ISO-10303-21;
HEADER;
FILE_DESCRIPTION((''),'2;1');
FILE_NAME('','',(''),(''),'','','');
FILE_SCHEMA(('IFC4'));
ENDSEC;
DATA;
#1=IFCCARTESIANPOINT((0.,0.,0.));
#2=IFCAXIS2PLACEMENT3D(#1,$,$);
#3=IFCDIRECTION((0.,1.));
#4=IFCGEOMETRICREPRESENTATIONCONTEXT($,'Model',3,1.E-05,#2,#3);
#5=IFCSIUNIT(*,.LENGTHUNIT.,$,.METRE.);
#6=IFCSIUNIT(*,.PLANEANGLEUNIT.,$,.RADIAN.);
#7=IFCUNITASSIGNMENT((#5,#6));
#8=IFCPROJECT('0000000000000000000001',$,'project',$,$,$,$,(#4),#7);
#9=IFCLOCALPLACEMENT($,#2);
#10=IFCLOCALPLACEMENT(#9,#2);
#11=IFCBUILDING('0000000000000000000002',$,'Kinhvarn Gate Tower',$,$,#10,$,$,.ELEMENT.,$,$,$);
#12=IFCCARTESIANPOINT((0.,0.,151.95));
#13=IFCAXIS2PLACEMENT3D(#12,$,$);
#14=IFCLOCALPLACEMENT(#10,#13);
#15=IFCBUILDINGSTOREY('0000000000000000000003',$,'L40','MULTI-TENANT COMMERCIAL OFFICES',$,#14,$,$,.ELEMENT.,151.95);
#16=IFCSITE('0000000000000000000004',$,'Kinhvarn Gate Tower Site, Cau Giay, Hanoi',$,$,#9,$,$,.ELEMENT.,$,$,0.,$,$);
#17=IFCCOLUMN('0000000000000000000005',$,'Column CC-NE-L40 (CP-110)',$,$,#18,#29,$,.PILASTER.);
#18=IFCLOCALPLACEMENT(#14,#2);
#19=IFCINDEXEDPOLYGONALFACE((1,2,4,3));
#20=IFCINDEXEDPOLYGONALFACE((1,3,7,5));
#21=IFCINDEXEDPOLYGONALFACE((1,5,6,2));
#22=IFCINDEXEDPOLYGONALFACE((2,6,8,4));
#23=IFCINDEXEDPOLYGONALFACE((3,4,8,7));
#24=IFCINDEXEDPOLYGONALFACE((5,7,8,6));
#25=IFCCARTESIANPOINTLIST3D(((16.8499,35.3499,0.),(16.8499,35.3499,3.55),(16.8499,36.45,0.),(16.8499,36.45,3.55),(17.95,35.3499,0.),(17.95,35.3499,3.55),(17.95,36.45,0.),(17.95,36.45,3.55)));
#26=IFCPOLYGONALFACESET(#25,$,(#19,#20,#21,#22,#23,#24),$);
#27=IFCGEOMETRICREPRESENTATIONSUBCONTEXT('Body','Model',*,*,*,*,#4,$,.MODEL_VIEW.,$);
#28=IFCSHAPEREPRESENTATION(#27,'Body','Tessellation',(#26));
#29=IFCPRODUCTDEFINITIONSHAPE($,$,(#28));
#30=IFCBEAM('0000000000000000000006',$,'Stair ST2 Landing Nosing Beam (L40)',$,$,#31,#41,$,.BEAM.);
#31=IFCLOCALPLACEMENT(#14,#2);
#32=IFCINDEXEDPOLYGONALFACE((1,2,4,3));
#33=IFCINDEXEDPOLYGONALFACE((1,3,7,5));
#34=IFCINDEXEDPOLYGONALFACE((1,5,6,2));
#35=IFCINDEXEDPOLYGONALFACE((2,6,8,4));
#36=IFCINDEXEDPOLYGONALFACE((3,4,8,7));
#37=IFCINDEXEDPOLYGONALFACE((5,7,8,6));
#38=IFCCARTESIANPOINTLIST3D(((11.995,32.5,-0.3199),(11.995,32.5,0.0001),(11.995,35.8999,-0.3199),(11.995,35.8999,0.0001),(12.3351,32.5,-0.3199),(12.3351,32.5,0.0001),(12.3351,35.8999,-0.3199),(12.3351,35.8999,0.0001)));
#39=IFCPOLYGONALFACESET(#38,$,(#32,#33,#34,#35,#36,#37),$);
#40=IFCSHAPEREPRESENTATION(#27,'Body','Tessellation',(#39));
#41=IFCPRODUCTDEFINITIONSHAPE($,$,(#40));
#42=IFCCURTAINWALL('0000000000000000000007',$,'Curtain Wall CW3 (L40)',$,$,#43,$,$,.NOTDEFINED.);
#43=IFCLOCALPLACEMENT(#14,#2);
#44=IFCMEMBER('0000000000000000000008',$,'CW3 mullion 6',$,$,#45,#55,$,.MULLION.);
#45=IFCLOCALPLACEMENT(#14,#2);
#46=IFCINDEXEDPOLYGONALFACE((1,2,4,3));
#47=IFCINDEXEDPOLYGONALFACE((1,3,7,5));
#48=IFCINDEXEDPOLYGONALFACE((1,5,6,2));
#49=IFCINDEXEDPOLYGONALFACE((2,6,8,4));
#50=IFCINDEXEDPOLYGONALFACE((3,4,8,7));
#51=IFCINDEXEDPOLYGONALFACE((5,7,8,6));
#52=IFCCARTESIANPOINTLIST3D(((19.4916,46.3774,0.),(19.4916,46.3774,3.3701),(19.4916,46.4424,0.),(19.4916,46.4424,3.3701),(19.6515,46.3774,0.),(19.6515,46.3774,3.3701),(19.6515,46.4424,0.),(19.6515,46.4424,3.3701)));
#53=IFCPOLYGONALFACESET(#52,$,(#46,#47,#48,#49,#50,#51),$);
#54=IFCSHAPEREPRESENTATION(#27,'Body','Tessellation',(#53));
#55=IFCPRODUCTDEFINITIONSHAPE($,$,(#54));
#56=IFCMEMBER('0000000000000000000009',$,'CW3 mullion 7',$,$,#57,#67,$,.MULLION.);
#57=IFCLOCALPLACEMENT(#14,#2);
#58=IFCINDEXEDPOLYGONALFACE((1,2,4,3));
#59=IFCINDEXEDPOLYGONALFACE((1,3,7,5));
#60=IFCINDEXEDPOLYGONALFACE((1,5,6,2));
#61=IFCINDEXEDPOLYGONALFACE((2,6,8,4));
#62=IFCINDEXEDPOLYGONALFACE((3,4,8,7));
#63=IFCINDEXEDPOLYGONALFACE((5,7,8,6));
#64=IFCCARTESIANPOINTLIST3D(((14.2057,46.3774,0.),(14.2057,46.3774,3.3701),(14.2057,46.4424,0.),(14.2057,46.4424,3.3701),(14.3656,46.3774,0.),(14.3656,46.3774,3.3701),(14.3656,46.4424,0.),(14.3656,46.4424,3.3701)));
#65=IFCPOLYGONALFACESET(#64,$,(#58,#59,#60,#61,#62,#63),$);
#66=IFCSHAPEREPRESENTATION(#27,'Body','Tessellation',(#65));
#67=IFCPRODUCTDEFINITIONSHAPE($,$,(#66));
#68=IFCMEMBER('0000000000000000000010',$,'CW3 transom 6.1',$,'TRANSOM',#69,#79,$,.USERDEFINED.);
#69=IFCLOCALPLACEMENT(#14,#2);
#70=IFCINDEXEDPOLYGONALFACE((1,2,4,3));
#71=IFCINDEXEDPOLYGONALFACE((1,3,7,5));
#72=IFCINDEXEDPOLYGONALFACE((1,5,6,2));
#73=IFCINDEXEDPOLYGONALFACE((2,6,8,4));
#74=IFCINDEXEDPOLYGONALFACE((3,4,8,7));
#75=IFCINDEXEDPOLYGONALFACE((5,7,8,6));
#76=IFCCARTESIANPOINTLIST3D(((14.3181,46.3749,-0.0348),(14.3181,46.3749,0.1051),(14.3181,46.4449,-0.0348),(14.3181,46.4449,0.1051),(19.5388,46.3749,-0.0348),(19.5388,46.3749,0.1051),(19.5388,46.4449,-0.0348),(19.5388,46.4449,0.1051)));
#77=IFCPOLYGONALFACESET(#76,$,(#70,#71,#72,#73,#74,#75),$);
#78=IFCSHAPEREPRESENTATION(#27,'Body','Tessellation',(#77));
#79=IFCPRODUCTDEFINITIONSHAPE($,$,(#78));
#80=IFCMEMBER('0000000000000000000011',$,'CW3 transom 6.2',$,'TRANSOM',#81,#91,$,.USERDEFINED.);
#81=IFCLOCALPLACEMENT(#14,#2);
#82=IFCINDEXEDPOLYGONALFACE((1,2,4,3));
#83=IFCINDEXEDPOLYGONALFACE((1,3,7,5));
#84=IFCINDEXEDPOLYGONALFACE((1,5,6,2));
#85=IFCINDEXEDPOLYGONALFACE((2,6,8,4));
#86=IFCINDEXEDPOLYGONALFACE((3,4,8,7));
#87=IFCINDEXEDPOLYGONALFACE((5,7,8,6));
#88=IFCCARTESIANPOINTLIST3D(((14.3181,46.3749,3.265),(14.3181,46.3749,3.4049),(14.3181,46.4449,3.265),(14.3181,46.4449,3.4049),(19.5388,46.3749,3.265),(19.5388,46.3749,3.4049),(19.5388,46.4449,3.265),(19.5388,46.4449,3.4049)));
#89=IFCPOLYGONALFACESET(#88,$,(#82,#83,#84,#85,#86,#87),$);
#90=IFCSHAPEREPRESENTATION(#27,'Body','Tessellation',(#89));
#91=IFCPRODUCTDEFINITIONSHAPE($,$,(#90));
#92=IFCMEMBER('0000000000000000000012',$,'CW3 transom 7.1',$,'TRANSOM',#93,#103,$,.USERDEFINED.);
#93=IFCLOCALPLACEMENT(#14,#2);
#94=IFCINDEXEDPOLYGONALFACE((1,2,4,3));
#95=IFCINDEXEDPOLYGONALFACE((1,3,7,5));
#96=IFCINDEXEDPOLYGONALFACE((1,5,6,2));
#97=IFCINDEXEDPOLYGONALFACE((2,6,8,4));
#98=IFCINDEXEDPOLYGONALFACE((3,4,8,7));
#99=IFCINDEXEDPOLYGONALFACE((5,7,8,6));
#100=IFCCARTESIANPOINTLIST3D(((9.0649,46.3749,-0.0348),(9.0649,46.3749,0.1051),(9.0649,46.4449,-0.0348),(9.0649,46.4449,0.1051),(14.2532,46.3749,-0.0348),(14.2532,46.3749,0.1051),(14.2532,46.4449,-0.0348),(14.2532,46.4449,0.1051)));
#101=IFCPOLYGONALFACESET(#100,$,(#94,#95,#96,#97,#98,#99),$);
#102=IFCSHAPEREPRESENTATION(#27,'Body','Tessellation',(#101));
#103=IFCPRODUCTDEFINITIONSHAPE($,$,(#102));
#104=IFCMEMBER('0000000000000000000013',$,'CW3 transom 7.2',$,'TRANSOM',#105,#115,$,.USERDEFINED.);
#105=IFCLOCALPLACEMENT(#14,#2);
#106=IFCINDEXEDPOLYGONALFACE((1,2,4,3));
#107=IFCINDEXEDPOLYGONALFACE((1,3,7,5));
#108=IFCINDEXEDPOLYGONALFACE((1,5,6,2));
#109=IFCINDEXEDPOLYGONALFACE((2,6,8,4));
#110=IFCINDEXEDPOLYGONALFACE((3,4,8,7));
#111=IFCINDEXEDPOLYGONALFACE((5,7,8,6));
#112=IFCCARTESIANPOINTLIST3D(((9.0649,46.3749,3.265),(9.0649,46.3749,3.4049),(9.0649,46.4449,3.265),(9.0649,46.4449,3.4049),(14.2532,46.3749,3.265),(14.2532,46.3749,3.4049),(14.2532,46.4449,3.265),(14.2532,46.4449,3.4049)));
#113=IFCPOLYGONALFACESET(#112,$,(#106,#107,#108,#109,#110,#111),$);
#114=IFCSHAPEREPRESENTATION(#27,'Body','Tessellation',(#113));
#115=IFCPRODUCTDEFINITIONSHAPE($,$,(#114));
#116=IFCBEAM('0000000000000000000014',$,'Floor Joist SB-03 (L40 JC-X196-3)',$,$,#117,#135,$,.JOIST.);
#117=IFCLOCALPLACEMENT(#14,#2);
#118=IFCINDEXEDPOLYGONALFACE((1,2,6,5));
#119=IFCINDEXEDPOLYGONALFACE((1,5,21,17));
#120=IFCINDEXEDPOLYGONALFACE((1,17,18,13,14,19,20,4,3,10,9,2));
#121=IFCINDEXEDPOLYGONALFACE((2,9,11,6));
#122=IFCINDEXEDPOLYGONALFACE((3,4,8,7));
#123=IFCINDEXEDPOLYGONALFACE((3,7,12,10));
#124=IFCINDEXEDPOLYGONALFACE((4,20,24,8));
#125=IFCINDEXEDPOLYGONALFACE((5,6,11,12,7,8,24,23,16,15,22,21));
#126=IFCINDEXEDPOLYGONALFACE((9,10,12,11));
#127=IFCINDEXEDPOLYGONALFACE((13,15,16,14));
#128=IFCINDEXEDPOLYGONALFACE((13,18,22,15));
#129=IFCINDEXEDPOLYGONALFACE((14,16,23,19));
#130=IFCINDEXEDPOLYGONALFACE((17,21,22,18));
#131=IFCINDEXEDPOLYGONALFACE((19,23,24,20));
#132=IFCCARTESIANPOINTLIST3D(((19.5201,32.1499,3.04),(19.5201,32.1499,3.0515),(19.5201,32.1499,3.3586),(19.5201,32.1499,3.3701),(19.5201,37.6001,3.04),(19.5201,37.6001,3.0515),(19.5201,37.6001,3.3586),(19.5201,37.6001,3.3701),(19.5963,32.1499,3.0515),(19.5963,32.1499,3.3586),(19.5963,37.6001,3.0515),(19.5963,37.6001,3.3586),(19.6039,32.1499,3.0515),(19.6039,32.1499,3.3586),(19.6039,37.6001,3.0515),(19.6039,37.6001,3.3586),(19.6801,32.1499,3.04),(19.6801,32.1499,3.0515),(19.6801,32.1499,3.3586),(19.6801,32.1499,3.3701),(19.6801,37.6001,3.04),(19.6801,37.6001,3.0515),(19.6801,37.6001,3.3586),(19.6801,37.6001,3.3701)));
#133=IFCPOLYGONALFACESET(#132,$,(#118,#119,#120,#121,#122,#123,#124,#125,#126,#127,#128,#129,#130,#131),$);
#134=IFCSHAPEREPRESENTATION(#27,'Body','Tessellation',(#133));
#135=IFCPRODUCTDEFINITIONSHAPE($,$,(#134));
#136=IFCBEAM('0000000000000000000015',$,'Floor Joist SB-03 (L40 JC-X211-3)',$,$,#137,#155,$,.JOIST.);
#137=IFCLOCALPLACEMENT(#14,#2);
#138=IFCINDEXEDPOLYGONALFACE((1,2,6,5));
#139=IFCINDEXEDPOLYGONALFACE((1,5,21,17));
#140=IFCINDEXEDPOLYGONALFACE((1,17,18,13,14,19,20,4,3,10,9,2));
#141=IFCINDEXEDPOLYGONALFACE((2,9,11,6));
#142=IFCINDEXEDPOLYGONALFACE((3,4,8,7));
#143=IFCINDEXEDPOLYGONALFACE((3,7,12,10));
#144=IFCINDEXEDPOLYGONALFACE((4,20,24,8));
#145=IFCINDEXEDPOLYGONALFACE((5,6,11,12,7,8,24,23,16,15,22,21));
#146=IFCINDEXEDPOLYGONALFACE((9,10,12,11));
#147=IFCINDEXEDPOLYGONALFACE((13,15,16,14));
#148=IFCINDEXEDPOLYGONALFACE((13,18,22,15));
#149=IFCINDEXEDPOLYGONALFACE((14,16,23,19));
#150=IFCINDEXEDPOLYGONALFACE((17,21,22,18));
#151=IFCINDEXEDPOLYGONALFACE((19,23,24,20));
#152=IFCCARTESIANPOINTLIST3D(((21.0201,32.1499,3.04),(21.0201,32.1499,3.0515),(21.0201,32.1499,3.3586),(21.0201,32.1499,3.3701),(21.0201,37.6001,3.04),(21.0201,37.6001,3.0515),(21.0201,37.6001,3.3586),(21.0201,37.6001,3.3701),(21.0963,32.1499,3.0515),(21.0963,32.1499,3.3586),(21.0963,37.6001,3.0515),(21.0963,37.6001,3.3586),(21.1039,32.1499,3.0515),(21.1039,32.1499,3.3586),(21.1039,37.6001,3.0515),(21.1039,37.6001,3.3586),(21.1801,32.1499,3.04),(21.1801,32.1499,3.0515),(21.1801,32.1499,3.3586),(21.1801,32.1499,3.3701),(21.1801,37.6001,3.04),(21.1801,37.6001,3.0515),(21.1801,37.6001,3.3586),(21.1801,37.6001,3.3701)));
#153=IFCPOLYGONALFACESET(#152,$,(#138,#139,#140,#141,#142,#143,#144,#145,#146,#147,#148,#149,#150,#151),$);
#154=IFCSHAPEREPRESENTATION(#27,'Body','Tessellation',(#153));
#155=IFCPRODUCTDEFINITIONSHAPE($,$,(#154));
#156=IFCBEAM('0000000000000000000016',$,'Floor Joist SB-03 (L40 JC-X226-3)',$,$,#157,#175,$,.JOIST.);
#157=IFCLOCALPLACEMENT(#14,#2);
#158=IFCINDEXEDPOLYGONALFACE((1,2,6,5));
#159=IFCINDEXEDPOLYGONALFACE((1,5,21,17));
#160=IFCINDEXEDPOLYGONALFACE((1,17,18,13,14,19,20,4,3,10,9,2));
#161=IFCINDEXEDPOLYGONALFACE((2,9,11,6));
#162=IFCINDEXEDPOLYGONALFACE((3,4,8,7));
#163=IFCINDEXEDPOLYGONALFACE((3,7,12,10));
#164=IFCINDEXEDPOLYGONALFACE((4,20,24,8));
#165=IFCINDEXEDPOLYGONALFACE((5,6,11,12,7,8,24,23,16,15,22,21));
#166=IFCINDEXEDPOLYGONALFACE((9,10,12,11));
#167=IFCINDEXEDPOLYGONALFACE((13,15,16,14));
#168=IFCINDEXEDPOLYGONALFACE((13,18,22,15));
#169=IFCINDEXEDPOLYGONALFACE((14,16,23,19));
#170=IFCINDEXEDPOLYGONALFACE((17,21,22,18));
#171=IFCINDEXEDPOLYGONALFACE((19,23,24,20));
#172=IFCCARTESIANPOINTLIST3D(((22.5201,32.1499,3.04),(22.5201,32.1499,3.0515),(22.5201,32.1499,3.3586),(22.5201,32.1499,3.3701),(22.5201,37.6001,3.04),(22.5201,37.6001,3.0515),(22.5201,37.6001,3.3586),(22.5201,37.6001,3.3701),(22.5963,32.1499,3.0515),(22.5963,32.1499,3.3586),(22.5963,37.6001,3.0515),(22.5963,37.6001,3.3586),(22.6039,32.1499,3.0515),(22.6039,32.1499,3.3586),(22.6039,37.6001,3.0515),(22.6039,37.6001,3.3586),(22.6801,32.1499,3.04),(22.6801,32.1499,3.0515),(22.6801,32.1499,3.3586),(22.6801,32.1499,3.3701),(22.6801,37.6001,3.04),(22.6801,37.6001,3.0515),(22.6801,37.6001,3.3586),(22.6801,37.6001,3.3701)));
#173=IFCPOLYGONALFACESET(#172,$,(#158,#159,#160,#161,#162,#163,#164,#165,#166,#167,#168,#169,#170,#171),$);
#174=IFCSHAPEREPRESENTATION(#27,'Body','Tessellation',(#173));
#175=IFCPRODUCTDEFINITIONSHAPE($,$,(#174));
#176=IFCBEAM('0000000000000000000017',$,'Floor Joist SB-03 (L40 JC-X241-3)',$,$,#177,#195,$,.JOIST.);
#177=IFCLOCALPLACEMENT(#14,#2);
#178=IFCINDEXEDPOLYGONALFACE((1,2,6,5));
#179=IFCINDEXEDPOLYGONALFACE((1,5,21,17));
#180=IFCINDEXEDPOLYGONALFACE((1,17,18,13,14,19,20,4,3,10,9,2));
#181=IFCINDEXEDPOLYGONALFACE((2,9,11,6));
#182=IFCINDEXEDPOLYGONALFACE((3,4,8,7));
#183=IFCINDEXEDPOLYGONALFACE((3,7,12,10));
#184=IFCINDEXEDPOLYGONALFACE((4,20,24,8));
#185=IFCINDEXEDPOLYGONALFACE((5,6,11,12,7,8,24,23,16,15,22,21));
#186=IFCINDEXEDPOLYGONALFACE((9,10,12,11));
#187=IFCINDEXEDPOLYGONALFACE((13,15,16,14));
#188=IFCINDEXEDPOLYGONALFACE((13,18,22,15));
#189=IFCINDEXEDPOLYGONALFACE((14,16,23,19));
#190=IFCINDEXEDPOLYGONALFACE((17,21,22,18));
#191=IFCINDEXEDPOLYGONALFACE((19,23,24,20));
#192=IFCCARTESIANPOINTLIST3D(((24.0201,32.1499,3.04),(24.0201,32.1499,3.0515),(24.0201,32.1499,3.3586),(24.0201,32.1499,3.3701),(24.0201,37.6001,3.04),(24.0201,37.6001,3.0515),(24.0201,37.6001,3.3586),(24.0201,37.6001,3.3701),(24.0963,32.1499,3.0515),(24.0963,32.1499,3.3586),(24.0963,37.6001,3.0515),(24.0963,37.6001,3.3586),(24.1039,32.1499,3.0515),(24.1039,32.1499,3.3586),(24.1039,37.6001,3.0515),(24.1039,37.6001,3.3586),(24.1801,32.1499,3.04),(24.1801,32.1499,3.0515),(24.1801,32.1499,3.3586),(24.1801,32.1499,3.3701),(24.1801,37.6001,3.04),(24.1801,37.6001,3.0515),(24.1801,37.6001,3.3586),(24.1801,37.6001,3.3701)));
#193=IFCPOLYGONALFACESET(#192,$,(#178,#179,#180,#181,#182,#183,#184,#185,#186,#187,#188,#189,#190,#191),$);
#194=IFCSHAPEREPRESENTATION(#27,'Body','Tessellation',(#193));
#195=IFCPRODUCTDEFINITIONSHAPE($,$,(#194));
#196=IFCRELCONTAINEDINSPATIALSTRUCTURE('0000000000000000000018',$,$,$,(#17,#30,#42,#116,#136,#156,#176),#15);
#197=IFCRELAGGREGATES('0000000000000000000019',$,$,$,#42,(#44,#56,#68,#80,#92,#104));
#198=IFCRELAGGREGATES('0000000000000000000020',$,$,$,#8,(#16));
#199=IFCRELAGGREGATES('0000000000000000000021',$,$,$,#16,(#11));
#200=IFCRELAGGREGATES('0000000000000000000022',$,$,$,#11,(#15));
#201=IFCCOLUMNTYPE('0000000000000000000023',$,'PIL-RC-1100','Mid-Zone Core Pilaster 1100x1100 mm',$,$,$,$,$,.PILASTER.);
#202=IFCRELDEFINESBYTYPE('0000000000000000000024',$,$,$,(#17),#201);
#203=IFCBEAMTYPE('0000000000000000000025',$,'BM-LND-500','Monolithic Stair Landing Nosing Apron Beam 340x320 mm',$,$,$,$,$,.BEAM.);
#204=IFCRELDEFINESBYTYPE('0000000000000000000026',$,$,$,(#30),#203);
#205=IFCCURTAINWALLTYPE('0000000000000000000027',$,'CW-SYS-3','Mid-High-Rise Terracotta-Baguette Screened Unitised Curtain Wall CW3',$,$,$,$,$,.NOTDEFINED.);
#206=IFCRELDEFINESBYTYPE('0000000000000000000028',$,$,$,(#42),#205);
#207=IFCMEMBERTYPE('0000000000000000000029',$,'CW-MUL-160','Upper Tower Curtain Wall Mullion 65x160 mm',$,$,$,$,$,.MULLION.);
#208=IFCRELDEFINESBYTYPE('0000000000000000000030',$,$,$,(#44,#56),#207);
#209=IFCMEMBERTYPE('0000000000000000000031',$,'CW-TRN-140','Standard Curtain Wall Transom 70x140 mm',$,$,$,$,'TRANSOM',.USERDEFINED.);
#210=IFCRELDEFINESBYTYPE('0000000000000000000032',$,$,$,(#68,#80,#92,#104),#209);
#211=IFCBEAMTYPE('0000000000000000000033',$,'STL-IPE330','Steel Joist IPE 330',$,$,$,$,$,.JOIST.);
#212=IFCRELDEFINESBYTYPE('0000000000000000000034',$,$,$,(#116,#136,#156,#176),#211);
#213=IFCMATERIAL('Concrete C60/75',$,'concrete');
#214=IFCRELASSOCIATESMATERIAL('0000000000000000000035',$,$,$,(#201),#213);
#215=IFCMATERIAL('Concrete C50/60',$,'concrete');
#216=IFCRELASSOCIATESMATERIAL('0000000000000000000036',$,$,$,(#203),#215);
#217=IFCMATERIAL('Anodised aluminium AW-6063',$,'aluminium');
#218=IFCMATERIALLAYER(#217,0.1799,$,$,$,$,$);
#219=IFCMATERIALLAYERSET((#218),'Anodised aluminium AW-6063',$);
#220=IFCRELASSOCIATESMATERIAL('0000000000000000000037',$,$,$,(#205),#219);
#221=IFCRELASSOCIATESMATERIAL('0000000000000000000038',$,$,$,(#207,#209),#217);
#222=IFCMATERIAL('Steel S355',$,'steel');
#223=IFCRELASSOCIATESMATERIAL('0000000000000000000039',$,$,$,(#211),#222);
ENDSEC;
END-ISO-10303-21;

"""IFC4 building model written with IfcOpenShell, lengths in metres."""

from ifc_helpers import new_model, si_unit, direction, frame, origin, origin_2d, place, context, subcontext, project, spatial, rectangle, i_section, extrude, material, layer, layer_set, material_profile, profile_set, type_object, element, aggregate, save


model = new_model("IFC4")

# Units and contexts
model_context = context("Model", 3, precision=1e-05, world=origin(), true_north=direction((0.0, 1.0)))
body_context = subcontext(model_context, "Body", "Model", "MODEL_VIEW")
ifc_project = project(units=[si_unit("LENGTHUNIT", "METRE"), si_unit("PLANEANGLEUNIT", "RADIAN")], contexts=[model_context])

# Site, building, storey
site_placement = place(None, origin())
site = spatial("IfcSite", under=ifc_project, at=site_placement, Name="Kinhvarn Gate Tower Site, Cau Giay, Hanoi", CompositionType="ELEMENT", RefElevation=0.0)
building_placement = place(site_placement, origin())
building = spatial("IfcBuilding", under=site, at=building_placement, Name="Kinhvarn Gate Tower", CompositionType="ELEMENT")
storey_placement = place(building_placement, frame((0.0, 0.0, 151.95)))
storey = spatial("IfcBuildingStorey", under=building, at=storey_placement, Name="L40", Description="MULTI-TENANT COMMERCIAL OFFICES", CompositionType="ELEMENT", Elevation=151.95)

# Column
ifc_material_1 = material(Name="Concrete C60/75", Category="concrete")
ifc_material_profile_1 = material_profile(ifc_material_1, rectangle(XDim=1.1001, YDim=1.1001, at=origin_2d()), Name="RC 1100x1100")
ifc_profile_set_1 = profile_set([ifc_material_profile_1], Name="Concrete C60/75")
column_type = type_object("IfcColumnType", Name="PIL-RC-1100", Description="Mid-Zone Core Pilaster 1100x1100 mm", PredefinedType="PILASTER", material=ifc_profile_set_1)
column_placement = place(storey_placement, frame((17.3999, 35.8999, 0.0), z_axis=(0.0, 0.0, 1.0), x_axis=(1.0, 0.0, 0.0)))
element("IfcColumn", 1, at=column_placement, inside=storey, type_object=column_type, Name="Column CC-NE-L40 (CP-110)", PredefinedType="PILASTER", context=body_context, shape_type="SweptSolid", body=[
    extrude(rectangle(XDim=1.1001, YDim=1.1001, at=origin_2d()), origin(), (0.0, 0.0, 1.0), 3.55),
])

# Beam
ifc_material_2 = material(Name="Concrete C50/60", Category="concrete")
ifc_material_profile_2 = material_profile(ifc_material_2, rectangle(XDim=0.3401, YDim=0.3201, at=origin_2d()), Name="RC 340x320")
ifc_profile_set_2 = profile_set([ifc_material_profile_2], Name="Concrete C50/60")
beam_type_1 = type_object("IfcBeamType", Name="BM-LND-500", Description="Monolithic Stair Landing Nosing Apron Beam 340x320 mm", PredefinedType="BEAM", material=ifc_profile_set_2)
beam_placement = place(storey_placement, frame((12.165, 32.5, -0.1599), z_axis=(0.0, 1.0, 0.0), x_axis=(-1.0, 0.0, 0.0)))
element("IfcBeam", 2, at=beam_placement, inside=storey, type_object=beam_type_1, Name="Stair ST2 Landing Nosing Beam (L40)", PredefinedType="BEAM", context=body_context, shape_type="SweptSolid", body=[
    extrude(rectangle(XDim=0.3401, YDim=0.3201, at=origin_2d()), origin(), (0.0, 0.0, 1.0), 3.3999),
])

# Curtain wall, members
ifc_material_3 = material(Name="Anodised aluminium AW-6063", Category="aluminium")
ifc_layer_1 = layer(ifc_material_3, 0.1799)
ifc_layer_set_1 = layer_set([ifc_layer_1], Name="Anodised aluminium AW-6063")
curtain_wall_type = type_object("IfcCurtainWallType", Name="CW-SYS-3", Description="Mid-High-Rise Terracotta-Baguette Screened Unitised Curtain Wall CW3", PredefinedType="NOTDEFINED", material=ifc_layer_set_1)
curtain_wall_placement = place(storey_placement, origin())
curtain_wall = element("IfcCurtainWall", 3, at=curtain_wall_placement, inside=storey, type_object=curtain_wall_type, Name="Curtain Wall CW3 (L40)", PredefinedType="NOTDEFINED")
ifc_material_profile_3 = material_profile(ifc_material_3, rectangle(XDim=0.0649, YDim=0.1599, at=origin_2d()), Name="ALU 65x160")
ifc_profile_set_3 = profile_set([ifc_material_profile_3], Name="Anodised aluminium AW-6063")
member_type_1 = type_object("IfcMemberType", Name="CW-MUL-160", Description="Upper Tower Curtain Wall Mullion 65x160 mm", PredefinedType="MULLION", material=ifc_profile_set_3)
member_1_placement = place(storey_placement, frame((19.5715, 46.4099, 0.0), z_axis=(0.0, 0.0, 1.0), x_axis=(0.0, -1.0, 0.0)))
member_1 = element("IfcMember", 4, at=member_1_placement, type_object=member_type_1, Name="CW3 mullion 6", PredefinedType="MULLION", context=body_context, shape_type="SweptSolid", body=[
    extrude(rectangle(XDim=0.0649, YDim=0.1599, at=origin_2d()), origin(), (0.0, 0.0, 1.0), 3.3701),
])
member_2_placement = place(storey_placement, frame((14.2856, 46.4099, 0.0), z_axis=(0.0, 0.0, 1.0), x_axis=(0.0, -1.0, 0.0)))
member_2 = element("IfcMember", 5, at=member_2_placement, type_object=member_type_1, Name="CW3 mullion 7", PredefinedType="MULLION", context=body_context, shape_type="SweptSolid", body=[
    extrude(rectangle(XDim=0.0649, YDim=0.1599, at=origin_2d()), origin(), (0.0, 0.0, 1.0), 3.3701),
])
ifc_material_profile_4 = material_profile(ifc_material_3, rectangle(XDim=0.0701, YDim=0.1399, at=origin_2d()), Name="ALU 70x140")
ifc_profile_set_4 = profile_set([ifc_material_profile_4], Name="Anodised aluminium AW-6063")
member_type_2 = type_object("IfcMemberType", Name="CW-TRN-140", Description="Standard Curtain Wall Transom 70x140 mm", ElementType="TRANSOM", PredefinedType="USERDEFINED", material=ifc_profile_set_4)
member_3_placement = place(storey_placement, frame((19.5388, 46.4099, 0.0352), z_axis=(-1.0, 0.0, 0.0), x_axis=(0.0, -1.0, 0.0)))
member_3 = element("IfcMember", 6, at=member_3_placement, type_object=member_type_2, Name="CW3 transom 6.1", ObjectType="TRANSOM", PredefinedType="USERDEFINED", context=body_context, shape_type="SweptSolid", body=[
    extrude(rectangle(XDim=0.0701, YDim=0.1399, at=origin_2d()), origin(), (0.0, 0.0, 1.0), 5.2207),
])
member_4_placement = place(storey_placement, frame((19.5388, 46.4099, 3.335), z_axis=(-1.0, 0.0, 0.0), x_axis=(0.0, -1.0, 0.0)))
member_4 = element("IfcMember", 7, at=member_4_placement, type_object=member_type_2, Name="CW3 transom 6.2", ObjectType="TRANSOM", PredefinedType="USERDEFINED", context=body_context, shape_type="SweptSolid", body=[
    extrude(rectangle(XDim=0.0701, YDim=0.1399, at=origin_2d()), origin(), (0.0, 0.0, 1.0), 5.2207),
])
member_5_placement = place(storey_placement, frame((14.2532, 46.4099, 0.0352), z_axis=(-1.0, 0.0, 0.0), x_axis=(0.0, -1.0, 0.0)))
member_5 = element("IfcMember", 8, at=member_5_placement, type_object=member_type_2, Name="CW3 transom 7.1", ObjectType="TRANSOM", PredefinedType="USERDEFINED", context=body_context, shape_type="SweptSolid", body=[
    extrude(rectangle(XDim=0.0701, YDim=0.1399, at=origin_2d()), origin(), (0.0, 0.0, 1.0), 5.1882),
])
member_6_placement = place(storey_placement, frame((14.2532, 46.4099, 3.335), z_axis=(-1.0, 0.0, 0.0), x_axis=(0.0, -1.0, 0.0)))
member_6 = element("IfcMember", 9, at=member_6_placement, type_object=member_type_2, Name="CW3 transom 7.2", ObjectType="TRANSOM", PredefinedType="USERDEFINED", context=body_context, shape_type="SweptSolid", body=[
    extrude(rectangle(XDim=0.0701, YDim=0.1399, at=origin_2d()), origin(), (0.0, 0.0, 1.0), 5.1882),
])

# Beams
ifc_material_4 = material(Name="Steel S355", Category="steel")
ifc_material_profile_5 = material_profile(ifc_material_4, i_section(OverallWidth=0.1599, OverallDepth=0.3301, WebThickness=0.0076, FlangeThickness=0.0115, at=origin_2d()), Name="IPE 330")
ifc_profile_set_5 = profile_set([ifc_material_profile_5], Name="Steel S355")
beam_type_2 = type_object("IfcBeamType", Name="STL-IPE330", Description="Steel Joist IPE 330", PredefinedType="JOIST", material=ifc_profile_set_5)
for number, where, z_axis, x_axis, name in (
    (10, (19.6001, 32.1499, 3.2051), (0.0, 1.0, 0.0), (-1.0, 0.0, 0.0), "Floor Joist SB-03 (L40 JC-X196-3)"),
    (11, (21.1001, 32.1499, 3.2051), (0.0, 1.0, 0.0), (-1.0, 0.0, 0.0), "Floor Joist SB-03 (L40 JC-X211-3)"),
    (12, (22.6001, 32.1499, 3.2051), (0.0, 1.0, 0.0), (-1.0, 0.0, 0.0), "Floor Joist SB-03 (L40 JC-X226-3)"),
    (13, (24.1001, 32.1499, 3.2051), (0.0, 1.0, 0.0), (-1.0, 0.0, 0.0), "Floor Joist SB-03 (L40 JC-X241-3)"),
):
    element("IfcBeam", number, at=place(storey_placement, frame(where, z_axis=z_axis, x_axis=x_axis)), inside=storey, type_object=beam_type_2, Name=name, PredefinedType="JOIST", context=body_context, shape_type="SweptSolid", body=[
        extrude(i_section(OverallWidth=0.1599, OverallDepth=0.3301, WebThickness=0.0076, FlangeThickness=0.0115, at=origin_2d()), origin(), (0.0, 0.0, 1.0), 5.4502),
    ])

aggregate(curtain_wall, [member_1, member_2, member_3, member_4, member_5, member_6])

save(model, "model.ifc")
